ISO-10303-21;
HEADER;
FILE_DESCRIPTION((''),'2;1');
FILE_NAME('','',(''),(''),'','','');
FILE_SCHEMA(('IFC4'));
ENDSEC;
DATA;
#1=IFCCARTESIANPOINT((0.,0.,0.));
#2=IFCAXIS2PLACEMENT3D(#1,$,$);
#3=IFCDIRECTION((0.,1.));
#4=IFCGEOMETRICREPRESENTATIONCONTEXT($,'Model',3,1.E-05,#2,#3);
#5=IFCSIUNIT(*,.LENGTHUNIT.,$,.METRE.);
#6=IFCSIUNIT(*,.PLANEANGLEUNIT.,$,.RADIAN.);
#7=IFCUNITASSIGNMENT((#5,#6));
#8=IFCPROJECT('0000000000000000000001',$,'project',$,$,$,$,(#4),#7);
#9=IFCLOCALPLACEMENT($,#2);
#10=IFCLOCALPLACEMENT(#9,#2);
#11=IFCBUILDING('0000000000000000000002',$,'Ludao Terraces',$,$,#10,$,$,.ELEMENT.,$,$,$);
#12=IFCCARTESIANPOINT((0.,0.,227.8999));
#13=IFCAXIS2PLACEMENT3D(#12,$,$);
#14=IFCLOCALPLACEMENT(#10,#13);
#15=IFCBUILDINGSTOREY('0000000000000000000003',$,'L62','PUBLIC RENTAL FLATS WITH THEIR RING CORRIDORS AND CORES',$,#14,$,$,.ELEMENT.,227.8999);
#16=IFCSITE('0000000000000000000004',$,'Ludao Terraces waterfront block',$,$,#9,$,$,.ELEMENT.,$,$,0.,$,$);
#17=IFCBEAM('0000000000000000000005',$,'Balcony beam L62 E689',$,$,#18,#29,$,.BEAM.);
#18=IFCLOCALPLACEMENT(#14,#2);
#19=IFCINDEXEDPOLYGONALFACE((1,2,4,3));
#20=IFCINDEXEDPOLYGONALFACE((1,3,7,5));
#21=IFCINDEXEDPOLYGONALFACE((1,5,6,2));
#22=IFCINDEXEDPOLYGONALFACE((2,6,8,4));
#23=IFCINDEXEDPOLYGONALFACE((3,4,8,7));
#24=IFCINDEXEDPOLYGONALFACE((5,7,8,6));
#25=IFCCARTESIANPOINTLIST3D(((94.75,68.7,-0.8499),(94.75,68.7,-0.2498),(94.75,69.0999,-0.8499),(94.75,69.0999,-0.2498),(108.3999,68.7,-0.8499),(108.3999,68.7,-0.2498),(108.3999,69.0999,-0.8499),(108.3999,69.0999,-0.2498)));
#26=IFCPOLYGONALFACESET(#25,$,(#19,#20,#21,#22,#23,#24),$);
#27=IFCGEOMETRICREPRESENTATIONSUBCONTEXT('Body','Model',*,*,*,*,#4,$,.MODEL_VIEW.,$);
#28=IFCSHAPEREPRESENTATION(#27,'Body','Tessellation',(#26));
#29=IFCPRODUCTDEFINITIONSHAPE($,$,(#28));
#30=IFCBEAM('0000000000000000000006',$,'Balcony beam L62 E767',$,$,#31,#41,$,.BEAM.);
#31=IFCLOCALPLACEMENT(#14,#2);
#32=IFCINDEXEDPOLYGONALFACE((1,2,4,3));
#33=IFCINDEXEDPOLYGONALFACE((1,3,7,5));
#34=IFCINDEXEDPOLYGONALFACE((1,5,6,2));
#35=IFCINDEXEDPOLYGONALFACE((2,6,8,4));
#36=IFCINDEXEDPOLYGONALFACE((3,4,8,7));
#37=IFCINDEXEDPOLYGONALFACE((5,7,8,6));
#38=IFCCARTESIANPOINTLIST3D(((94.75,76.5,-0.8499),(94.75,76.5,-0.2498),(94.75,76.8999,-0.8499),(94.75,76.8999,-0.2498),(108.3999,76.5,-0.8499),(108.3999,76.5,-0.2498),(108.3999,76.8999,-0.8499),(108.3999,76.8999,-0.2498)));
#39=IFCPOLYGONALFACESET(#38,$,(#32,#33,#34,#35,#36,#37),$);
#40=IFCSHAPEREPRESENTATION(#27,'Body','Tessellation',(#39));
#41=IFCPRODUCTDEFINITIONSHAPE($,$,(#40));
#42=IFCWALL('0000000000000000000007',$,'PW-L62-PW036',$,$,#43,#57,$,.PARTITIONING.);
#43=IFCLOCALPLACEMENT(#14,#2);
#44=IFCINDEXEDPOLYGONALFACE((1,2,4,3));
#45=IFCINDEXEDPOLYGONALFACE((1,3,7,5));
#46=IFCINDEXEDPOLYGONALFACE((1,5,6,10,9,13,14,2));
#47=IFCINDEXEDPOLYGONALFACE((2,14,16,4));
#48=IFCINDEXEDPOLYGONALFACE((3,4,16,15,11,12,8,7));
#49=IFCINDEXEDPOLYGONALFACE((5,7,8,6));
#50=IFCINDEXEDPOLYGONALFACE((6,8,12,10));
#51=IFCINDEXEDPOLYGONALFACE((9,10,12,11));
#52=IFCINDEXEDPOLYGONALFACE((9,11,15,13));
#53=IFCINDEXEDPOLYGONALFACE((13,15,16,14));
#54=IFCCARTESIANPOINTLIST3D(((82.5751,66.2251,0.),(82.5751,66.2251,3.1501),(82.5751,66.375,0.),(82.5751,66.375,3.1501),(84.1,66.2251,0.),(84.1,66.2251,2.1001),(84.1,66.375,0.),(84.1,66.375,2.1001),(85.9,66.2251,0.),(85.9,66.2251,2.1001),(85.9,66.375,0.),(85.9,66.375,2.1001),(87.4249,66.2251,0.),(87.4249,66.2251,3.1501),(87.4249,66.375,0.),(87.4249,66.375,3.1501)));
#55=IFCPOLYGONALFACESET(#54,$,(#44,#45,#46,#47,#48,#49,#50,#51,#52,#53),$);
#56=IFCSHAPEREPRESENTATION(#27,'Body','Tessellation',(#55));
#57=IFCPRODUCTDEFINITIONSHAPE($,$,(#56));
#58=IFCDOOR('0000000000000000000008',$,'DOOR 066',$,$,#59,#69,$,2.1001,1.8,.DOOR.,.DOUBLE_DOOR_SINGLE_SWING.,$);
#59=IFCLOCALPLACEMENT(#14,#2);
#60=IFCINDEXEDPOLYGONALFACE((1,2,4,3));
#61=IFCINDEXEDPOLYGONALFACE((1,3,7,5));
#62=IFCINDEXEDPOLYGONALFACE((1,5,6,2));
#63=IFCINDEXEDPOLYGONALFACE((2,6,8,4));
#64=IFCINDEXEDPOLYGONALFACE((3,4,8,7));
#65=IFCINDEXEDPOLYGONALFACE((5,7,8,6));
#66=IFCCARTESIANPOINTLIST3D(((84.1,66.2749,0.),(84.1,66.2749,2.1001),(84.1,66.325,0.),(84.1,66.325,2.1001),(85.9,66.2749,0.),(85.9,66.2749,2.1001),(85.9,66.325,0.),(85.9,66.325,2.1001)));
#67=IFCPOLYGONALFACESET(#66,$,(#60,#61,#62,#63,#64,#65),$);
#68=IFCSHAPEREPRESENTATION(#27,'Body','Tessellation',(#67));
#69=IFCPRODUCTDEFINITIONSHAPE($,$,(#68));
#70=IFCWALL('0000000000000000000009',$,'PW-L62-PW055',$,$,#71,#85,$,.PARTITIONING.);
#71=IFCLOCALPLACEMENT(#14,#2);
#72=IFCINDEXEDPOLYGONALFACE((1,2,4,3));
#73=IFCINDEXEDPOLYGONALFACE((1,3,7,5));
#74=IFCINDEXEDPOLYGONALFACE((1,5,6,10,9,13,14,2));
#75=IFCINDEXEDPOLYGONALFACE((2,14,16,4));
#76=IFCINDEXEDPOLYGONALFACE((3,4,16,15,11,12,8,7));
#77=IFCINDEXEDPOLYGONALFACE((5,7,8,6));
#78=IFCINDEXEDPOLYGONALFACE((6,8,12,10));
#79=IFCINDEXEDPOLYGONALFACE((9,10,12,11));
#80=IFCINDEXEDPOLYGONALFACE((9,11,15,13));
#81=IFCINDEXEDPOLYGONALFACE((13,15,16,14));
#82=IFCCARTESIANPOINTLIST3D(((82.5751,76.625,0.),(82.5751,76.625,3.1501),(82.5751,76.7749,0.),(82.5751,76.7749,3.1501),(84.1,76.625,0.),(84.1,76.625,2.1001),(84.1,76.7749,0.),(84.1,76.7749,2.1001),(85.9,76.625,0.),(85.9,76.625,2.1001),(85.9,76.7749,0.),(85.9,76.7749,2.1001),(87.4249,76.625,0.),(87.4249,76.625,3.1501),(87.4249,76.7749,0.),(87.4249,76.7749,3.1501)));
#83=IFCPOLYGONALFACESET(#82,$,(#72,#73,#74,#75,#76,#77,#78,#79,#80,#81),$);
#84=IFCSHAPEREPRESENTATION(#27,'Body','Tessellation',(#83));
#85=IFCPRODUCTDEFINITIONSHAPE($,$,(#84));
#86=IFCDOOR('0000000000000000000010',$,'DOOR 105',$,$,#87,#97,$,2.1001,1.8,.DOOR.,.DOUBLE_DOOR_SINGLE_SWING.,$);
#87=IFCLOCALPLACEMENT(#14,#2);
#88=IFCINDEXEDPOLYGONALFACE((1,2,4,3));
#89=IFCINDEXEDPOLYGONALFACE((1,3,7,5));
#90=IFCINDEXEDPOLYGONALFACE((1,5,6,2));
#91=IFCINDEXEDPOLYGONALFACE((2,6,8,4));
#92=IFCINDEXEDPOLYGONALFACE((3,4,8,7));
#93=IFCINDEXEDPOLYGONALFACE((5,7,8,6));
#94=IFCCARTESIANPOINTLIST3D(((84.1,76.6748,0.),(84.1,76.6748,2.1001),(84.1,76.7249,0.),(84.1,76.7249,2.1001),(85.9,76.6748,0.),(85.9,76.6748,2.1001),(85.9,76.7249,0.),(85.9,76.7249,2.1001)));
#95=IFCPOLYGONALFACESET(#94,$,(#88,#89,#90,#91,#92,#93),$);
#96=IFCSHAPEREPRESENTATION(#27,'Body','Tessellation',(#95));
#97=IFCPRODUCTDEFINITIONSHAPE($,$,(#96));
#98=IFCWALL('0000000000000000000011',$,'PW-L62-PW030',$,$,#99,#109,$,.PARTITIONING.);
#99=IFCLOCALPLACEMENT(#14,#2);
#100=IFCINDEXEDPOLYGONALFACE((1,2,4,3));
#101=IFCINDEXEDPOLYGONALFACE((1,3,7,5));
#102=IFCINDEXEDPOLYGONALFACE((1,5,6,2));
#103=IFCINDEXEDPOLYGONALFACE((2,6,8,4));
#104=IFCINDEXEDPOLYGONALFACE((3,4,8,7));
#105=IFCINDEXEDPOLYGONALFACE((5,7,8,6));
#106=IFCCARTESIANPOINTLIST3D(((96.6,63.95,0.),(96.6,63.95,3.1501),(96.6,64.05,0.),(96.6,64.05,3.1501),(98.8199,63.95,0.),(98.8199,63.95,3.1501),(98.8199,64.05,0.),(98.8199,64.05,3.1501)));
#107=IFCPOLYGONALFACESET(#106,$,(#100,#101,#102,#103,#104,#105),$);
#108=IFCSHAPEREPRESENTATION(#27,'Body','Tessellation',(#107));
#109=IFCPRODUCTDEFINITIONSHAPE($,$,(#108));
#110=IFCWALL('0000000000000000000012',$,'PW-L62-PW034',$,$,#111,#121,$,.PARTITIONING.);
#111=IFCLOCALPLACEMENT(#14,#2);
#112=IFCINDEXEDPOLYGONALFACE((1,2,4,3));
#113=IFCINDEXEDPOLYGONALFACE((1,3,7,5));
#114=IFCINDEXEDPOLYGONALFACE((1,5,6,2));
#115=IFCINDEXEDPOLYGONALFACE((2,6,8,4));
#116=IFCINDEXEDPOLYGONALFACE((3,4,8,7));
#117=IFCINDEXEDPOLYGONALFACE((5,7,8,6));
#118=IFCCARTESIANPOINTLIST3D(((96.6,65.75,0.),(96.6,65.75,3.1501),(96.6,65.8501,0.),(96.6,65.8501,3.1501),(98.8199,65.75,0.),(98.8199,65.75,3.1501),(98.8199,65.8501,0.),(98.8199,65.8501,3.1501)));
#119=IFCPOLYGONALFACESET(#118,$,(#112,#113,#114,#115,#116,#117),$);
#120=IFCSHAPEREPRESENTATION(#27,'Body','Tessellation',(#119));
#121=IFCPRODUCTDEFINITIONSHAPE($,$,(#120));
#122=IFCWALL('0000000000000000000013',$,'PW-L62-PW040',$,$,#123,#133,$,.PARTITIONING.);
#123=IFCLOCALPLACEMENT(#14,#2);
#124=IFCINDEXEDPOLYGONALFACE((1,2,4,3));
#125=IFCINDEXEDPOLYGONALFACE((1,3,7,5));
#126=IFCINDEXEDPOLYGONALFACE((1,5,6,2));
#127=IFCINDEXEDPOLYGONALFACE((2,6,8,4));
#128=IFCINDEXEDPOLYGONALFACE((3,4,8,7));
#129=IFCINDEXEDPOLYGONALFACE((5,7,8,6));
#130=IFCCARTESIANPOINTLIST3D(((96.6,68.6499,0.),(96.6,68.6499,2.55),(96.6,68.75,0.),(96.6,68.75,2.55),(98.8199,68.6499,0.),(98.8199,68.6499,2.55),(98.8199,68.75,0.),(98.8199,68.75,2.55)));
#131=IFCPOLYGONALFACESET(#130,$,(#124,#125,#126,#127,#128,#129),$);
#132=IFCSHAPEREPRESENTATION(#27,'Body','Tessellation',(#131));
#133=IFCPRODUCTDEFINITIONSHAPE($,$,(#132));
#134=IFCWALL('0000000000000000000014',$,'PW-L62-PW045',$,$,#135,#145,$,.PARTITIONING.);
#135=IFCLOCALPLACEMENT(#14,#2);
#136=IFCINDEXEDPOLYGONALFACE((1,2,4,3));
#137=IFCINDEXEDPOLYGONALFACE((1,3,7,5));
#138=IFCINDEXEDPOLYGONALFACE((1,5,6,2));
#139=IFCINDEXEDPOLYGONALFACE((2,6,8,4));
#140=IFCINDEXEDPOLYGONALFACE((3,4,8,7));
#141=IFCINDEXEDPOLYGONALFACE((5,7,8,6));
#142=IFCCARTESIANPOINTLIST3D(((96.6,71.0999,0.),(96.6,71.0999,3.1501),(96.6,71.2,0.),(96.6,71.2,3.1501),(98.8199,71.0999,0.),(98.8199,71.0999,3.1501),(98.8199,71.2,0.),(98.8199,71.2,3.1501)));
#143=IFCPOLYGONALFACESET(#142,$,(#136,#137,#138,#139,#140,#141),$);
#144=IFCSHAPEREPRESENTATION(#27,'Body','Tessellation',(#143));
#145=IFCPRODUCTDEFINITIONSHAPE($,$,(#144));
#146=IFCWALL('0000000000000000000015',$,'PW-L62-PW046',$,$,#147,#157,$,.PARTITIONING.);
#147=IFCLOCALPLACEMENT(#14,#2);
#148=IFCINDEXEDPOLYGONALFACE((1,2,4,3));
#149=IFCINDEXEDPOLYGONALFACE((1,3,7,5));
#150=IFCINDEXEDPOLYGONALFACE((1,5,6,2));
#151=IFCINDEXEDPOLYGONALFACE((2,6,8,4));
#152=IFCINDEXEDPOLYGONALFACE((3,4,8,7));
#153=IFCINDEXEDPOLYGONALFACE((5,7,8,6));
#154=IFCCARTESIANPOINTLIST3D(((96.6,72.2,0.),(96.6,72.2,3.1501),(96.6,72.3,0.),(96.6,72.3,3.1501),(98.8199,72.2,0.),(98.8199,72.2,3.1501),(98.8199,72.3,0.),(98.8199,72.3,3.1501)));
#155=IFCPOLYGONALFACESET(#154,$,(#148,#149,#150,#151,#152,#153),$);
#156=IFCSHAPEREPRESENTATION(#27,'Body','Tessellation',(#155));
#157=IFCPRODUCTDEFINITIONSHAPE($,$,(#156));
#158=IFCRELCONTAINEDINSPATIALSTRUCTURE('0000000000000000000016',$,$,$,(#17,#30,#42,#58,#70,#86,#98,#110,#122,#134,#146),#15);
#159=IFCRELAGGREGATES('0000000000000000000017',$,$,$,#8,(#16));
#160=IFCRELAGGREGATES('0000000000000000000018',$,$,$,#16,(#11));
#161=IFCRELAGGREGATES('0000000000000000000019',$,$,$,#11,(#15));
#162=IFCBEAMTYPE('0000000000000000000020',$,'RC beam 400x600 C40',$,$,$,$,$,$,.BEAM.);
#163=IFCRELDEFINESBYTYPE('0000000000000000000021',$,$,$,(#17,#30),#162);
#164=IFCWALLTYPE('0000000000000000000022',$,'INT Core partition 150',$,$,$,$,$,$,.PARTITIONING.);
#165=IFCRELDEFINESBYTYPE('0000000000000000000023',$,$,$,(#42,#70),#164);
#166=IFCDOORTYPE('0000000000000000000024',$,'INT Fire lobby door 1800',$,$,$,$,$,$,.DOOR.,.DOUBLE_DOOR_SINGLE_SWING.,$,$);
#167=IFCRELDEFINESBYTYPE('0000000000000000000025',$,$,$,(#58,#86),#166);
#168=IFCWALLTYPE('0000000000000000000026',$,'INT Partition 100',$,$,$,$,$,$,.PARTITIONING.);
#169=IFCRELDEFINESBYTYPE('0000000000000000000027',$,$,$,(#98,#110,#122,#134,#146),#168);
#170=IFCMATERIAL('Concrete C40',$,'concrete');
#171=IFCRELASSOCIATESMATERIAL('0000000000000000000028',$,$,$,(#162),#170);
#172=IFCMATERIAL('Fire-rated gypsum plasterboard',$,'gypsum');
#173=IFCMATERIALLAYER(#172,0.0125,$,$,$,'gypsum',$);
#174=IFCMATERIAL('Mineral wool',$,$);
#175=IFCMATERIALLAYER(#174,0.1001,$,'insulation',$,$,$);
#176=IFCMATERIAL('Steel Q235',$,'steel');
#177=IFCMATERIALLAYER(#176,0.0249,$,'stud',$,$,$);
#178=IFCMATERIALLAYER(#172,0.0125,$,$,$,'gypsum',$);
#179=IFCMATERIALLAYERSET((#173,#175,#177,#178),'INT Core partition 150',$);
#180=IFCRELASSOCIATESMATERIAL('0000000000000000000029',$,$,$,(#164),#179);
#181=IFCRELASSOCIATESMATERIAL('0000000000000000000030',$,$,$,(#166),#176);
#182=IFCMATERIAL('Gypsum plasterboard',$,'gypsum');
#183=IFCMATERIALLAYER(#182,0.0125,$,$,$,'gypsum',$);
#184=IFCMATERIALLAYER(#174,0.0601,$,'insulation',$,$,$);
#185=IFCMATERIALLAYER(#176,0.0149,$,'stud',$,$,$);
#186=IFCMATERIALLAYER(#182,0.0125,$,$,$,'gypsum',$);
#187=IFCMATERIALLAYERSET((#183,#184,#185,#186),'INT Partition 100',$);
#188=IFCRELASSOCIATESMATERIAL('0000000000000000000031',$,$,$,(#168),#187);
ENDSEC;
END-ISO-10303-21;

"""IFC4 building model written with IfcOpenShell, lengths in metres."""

from ifc_helpers import new_model, si_unit, direction, frame, frame_2d, origin, origin_2d, place, context, subcontext, project, spatial, rectangle, extrude, material, layer, layer_set, material_profile, profile_set, type_object, element, fill, save


model = new_model("IFC4")

# Units and contexts
model_context = context("Model", 3, precision=1e-05, world=origin(), true_north=direction((0.0, 1.0)))
body_context = subcontext(model_context, "Body", "Model", "MODEL_VIEW")
ifc_project = project(units=[si_unit("LENGTHUNIT", "METRE"), si_unit("PLANEANGLEUNIT", "RADIAN")], contexts=[model_context])

# Site, building, storey
site_placement = place(None, origin())
site = spatial("IfcSite", under=ifc_project, at=site_placement, Name="Ludao Terraces waterfront block", CompositionType="ELEMENT", RefElevation=0.0)
building_placement = place(site_placement, origin())
building = spatial("IfcBuilding", under=site, at=building_placement, Name="Ludao Terraces", CompositionType="ELEMENT")
storey_placement = place(building_placement, frame((0.0, 0.0, 227.8999)))
storey = spatial("IfcBuildingStorey", under=building, at=storey_placement, Name="L62", Description="PUBLIC RENTAL FLATS WITH THEIR RING CORRIDORS AND CORES", CompositionType="ELEMENT", Elevation=227.8999)

# Beams
ifc_material_1 = material(Name="Concrete C40", Category="concrete")
ifc_material_profile = material_profile(ifc_material_1, rectangle(XDim=0.3999, YDim=0.6001, at=origin_2d()), Name="400 X 600")
ifc_profile_set = profile_set([ifc_material_profile], Name="Concrete C40")
beam_type = type_object("IfcBeamType", Name="RC beam 400x600 C40", PredefinedType="BEAM", material=ifc_profile_set)
for number, where, z_axis, x_axis, name in (
    (1, (94.75, 68.8999, -0.5498), (1.0, 0.0, 0.0), (0.0, 1.0, 0.0), "Balcony beam L62 E689"),
    (2, (94.75, 76.7, -0.5498), (1.0, 0.0, 0.0), (0.0, 1.0, 0.0), "Balcony beam L62 E767"),
):
    element("IfcBeam", number, at=place(storey_placement, frame(where, z_axis=z_axis, x_axis=x_axis)), inside=storey, type_object=beam_type, Name=name, PredefinedType="BEAM", context=body_context, shape_type="SweptSolid", body=[
        extrude(rectangle(XDim=0.3999, YDim=0.6001, at=origin_2d()), origin(), (0.0, 0.0, 1.0), 13.6499),
    ])

# Walls, openings, doors
ifc_material_2 = material(Name="Fire-rated gypsum plasterboard", Category="gypsum")
ifc_layer_1 = layer(ifc_material_2, 0.0125, Category="gypsum")
ifc_material_3 = material(Name="Mineral wool")
ifc_layer_2 = layer(ifc_material_3, 0.1001, Name="insulation")
ifc_material_4 = material(Name="Steel Q235", Category="steel")
ifc_layer_3 = layer(ifc_material_4, 0.0249, Name="stud")
ifc_layer_4 = layer(ifc_material_2, 0.0125, Category="gypsum")
ifc_layer_set_1 = layer_set([ifc_layer_1, ifc_layer_2, ifc_layer_3, ifc_layer_4], Name="INT Core partition 150")
wall_type_1 = type_object("IfcWallType", Name="INT Core partition 150", PredefinedType="PARTITIONING", material=ifc_layer_set_1)
wall_1_placement = place(storey_placement, frame((82.5752, 66.3, 0.0), z_axis=(0.0, 0.0, 1.0), x_axis=(1.0, 0.0, 0.0)))
wall_1 = element("IfcWall", 3, at=wall_1_placement, inside=storey, type_object=wall_type_1, Name="PW-L62-PW036", PredefinedType="PARTITIONING", context=body_context, shape_type="SweptSolid", body=[
    extrude(rectangle(XDim=4.8499, YDim=0.1499, at=frame_2d((2.4248, 0.0))), origin(), (0.0, 0.0, 1.0), 3.1501),
])
opening_1_placement = place(wall_1_placement, frame((1.5249, 0.0, 0.0)))
opening_1 = element("IfcOpeningElement", 4, at=opening_1_placement, cuts=wall_1, PredefinedType="OPENING", context=body_context, shape_type="SweptSolid", body=[
    extrude(rectangle(XDim=1.8, YDim=2.1001, at=frame_2d((0.8999, 1.05))), frame((0.0, 0.085, 0.0), z_axis=(0.0, -1.0, 0.0), x_axis=(1.0, 0.0, 0.0)), (0.0, 0.0, 1.0), 0.1699),
])
door_type_1 = type_object("IfcDoorType", Name="INT Fire lobby door 1800", OperationType="DOUBLE_DOOR_SINGLE_SWING", PredefinedType="DOOR", material=ifc_material_4)
door_1_placement = place(opening_1_placement, origin())
door_1 = element("IfcDoor", 5, at=door_1_placement, inside=storey, type_object=door_type_1, Name="DOOR 066", OperationType="DOUBLE_DOOR_SINGLE_SWING", OverallHeight=2.1001, OverallWidth=1.8, PredefinedType="DOOR", context=body_context, shape_type="SweptSolid", body=[
    extrude(rectangle(XDim=1.8, YDim=2.1001, at=frame_2d((0.8999, 1.05))), frame((0.0, 0.0249, 0.0), z_axis=(0.0, -1.0, 0.0), x_axis=(1.0, 0.0, 0.0)), (0.0, 0.0, 1.0), 0.05),
])
fill(opening_1, door_1)
wall_2_placement = place(storey_placement, frame((82.5752, 76.7, 0.0), z_axis=(0.0, 0.0, 1.0), x_axis=(1.0, 0.0, 0.0)))
wall_2 = element("IfcWall", 6, at=wall_2_placement, inside=storey, type_object=wall_type_1, Name="PW-L62-PW055", PredefinedType="PARTITIONING", context=body_context, shape_type="SweptSolid", body=[
    extrude(rectangle(XDim=4.8499, YDim=0.1499, at=frame_2d((2.4248, 0.0))), origin(), (0.0, 0.0, 1.0), 3.1501),
])
opening_2_placement = place(wall_2_placement, frame((1.5249, 0.0, 0.0)))
opening_2 = element("IfcOpeningElement", 7, at=opening_2_placement, cuts=wall_2, PredefinedType="OPENING", context=body_context, shape_type="SweptSolid", body=[
    extrude(rectangle(XDim=1.8, YDim=2.1001, at=frame_2d((0.8999, 1.05))), frame((0.0, 0.085, 0.0), z_axis=(0.0, -1.0, 0.0), x_axis=(1.0, 0.0, 0.0)), (0.0, 0.0, 1.0), 0.1699),
])
door_2_placement = place(opening_2_placement, origin())
door_2 = element("IfcDoor", 8, at=door_2_placement, inside=storey, type_object=door_type_1, Name="DOOR 105", OperationType="DOUBLE_DOOR_SINGLE_SWING", OverallHeight=2.1001, OverallWidth=1.8, PredefinedType="DOOR", context=body_context, shape_type="SweptSolid", body=[
    extrude(rectangle(XDim=1.8, YDim=2.1001, at=frame_2d((0.8999, 1.05))), frame((0.0, 0.0249, 0.0), z_axis=(0.0, -1.0, 0.0), x_axis=(1.0, 0.0, 0.0)), (0.0, 0.0, 1.0), 0.05),
])
fill(opening_2, door_2)

# Walls
ifc_material_5 = material(Name="Gypsum plasterboard", Category="gypsum")
ifc_layer_5 = layer(ifc_material_5, 0.0125, Category="gypsum")
ifc_layer_6 = layer(ifc_material_3, 0.0601, Name="insulation")
ifc_layer_7 = layer(ifc_material_4, 0.0149, Name="stud")
ifc_layer_8 = layer(ifc_material_5, 0.0125, Category="gypsum")
ifc_layer_set_2 = layer_set([ifc_layer_5, ifc_layer_6, ifc_layer_7, ifc_layer_8], Name="INT Partition 100")
wall_type_2 = type_object("IfcWallType", Name="INT Partition 100", PredefinedType="PARTITIONING", material=ifc_layer_set_2)
for number, where, z_axis, x_axis, name in (
    (9, (96.6001, 64.0, 0.0), (0.0, 0.0, 1.0), (1.0, 0.0, 0.0), "PW-L62-PW030"),
    (10, (96.6001, 65.8, 0.0), (0.0, 0.0, 1.0), (1.0, 0.0, 0.0), "PW-L62-PW034"),
):
    element("IfcWall", number, at=place(storey_placement, frame(where, z_axis=z_axis, x_axis=x_axis)), inside=storey, type_object=wall_type_2, Name=name, PredefinedType="PARTITIONING", context=body_context, shape_type="SweptSolid", body=[
        extrude(rectangle(XDim=2.22, YDim=0.1001, at=frame_2d((1.1099, 0.0))), origin(), (0.0, 0.0, 1.0), 3.1501),
    ])
wall_3_placement = place(storey_placement, frame((96.6001, 68.7, 0.0), z_axis=(0.0, 0.0, 1.0), x_axis=(1.0, 0.0, 0.0)))
element("IfcWall", 11, at=wall_3_placement, inside=storey, type_object=wall_type_2, Name="PW-L62-PW040", PredefinedType="PARTITIONING", context=body_context, shape_type="SweptSolid", body=[
    extrude(rectangle(XDim=2.22, YDim=0.1001, at=frame_2d((1.1099, 0.0))), origin(), (0.0, 0.0, 1.0), 2.55),
])
for number, where, z_axis, x_axis, name in (
    (12, (96.6001, 71.1499, 0.0), (0.0, 0.0, 1.0), (1.0, 0.0, 0.0), "PW-L62-PW045"),
    (13, (96.6001, 72.25, 0.0), (0.0, 0.0, 1.0), (1.0, 0.0, 0.0), "PW-L62-PW046"),
):
    element("IfcWall", number, at=place(storey_placement, frame(where, z_axis=z_axis, x_axis=x_axis)), inside=storey, type_object=wall_type_2, Name=name, PredefinedType="PARTITIONING", context=body_context, shape_type="SweptSolid", body=[
        extrude(rectangle(XDim=2.22, YDim=0.1001, at=frame_2d((1.1099, 0.0))), origin(), (0.0, 0.0, 1.0), 3.1501),
    ])

save(model, "model.ifc")
